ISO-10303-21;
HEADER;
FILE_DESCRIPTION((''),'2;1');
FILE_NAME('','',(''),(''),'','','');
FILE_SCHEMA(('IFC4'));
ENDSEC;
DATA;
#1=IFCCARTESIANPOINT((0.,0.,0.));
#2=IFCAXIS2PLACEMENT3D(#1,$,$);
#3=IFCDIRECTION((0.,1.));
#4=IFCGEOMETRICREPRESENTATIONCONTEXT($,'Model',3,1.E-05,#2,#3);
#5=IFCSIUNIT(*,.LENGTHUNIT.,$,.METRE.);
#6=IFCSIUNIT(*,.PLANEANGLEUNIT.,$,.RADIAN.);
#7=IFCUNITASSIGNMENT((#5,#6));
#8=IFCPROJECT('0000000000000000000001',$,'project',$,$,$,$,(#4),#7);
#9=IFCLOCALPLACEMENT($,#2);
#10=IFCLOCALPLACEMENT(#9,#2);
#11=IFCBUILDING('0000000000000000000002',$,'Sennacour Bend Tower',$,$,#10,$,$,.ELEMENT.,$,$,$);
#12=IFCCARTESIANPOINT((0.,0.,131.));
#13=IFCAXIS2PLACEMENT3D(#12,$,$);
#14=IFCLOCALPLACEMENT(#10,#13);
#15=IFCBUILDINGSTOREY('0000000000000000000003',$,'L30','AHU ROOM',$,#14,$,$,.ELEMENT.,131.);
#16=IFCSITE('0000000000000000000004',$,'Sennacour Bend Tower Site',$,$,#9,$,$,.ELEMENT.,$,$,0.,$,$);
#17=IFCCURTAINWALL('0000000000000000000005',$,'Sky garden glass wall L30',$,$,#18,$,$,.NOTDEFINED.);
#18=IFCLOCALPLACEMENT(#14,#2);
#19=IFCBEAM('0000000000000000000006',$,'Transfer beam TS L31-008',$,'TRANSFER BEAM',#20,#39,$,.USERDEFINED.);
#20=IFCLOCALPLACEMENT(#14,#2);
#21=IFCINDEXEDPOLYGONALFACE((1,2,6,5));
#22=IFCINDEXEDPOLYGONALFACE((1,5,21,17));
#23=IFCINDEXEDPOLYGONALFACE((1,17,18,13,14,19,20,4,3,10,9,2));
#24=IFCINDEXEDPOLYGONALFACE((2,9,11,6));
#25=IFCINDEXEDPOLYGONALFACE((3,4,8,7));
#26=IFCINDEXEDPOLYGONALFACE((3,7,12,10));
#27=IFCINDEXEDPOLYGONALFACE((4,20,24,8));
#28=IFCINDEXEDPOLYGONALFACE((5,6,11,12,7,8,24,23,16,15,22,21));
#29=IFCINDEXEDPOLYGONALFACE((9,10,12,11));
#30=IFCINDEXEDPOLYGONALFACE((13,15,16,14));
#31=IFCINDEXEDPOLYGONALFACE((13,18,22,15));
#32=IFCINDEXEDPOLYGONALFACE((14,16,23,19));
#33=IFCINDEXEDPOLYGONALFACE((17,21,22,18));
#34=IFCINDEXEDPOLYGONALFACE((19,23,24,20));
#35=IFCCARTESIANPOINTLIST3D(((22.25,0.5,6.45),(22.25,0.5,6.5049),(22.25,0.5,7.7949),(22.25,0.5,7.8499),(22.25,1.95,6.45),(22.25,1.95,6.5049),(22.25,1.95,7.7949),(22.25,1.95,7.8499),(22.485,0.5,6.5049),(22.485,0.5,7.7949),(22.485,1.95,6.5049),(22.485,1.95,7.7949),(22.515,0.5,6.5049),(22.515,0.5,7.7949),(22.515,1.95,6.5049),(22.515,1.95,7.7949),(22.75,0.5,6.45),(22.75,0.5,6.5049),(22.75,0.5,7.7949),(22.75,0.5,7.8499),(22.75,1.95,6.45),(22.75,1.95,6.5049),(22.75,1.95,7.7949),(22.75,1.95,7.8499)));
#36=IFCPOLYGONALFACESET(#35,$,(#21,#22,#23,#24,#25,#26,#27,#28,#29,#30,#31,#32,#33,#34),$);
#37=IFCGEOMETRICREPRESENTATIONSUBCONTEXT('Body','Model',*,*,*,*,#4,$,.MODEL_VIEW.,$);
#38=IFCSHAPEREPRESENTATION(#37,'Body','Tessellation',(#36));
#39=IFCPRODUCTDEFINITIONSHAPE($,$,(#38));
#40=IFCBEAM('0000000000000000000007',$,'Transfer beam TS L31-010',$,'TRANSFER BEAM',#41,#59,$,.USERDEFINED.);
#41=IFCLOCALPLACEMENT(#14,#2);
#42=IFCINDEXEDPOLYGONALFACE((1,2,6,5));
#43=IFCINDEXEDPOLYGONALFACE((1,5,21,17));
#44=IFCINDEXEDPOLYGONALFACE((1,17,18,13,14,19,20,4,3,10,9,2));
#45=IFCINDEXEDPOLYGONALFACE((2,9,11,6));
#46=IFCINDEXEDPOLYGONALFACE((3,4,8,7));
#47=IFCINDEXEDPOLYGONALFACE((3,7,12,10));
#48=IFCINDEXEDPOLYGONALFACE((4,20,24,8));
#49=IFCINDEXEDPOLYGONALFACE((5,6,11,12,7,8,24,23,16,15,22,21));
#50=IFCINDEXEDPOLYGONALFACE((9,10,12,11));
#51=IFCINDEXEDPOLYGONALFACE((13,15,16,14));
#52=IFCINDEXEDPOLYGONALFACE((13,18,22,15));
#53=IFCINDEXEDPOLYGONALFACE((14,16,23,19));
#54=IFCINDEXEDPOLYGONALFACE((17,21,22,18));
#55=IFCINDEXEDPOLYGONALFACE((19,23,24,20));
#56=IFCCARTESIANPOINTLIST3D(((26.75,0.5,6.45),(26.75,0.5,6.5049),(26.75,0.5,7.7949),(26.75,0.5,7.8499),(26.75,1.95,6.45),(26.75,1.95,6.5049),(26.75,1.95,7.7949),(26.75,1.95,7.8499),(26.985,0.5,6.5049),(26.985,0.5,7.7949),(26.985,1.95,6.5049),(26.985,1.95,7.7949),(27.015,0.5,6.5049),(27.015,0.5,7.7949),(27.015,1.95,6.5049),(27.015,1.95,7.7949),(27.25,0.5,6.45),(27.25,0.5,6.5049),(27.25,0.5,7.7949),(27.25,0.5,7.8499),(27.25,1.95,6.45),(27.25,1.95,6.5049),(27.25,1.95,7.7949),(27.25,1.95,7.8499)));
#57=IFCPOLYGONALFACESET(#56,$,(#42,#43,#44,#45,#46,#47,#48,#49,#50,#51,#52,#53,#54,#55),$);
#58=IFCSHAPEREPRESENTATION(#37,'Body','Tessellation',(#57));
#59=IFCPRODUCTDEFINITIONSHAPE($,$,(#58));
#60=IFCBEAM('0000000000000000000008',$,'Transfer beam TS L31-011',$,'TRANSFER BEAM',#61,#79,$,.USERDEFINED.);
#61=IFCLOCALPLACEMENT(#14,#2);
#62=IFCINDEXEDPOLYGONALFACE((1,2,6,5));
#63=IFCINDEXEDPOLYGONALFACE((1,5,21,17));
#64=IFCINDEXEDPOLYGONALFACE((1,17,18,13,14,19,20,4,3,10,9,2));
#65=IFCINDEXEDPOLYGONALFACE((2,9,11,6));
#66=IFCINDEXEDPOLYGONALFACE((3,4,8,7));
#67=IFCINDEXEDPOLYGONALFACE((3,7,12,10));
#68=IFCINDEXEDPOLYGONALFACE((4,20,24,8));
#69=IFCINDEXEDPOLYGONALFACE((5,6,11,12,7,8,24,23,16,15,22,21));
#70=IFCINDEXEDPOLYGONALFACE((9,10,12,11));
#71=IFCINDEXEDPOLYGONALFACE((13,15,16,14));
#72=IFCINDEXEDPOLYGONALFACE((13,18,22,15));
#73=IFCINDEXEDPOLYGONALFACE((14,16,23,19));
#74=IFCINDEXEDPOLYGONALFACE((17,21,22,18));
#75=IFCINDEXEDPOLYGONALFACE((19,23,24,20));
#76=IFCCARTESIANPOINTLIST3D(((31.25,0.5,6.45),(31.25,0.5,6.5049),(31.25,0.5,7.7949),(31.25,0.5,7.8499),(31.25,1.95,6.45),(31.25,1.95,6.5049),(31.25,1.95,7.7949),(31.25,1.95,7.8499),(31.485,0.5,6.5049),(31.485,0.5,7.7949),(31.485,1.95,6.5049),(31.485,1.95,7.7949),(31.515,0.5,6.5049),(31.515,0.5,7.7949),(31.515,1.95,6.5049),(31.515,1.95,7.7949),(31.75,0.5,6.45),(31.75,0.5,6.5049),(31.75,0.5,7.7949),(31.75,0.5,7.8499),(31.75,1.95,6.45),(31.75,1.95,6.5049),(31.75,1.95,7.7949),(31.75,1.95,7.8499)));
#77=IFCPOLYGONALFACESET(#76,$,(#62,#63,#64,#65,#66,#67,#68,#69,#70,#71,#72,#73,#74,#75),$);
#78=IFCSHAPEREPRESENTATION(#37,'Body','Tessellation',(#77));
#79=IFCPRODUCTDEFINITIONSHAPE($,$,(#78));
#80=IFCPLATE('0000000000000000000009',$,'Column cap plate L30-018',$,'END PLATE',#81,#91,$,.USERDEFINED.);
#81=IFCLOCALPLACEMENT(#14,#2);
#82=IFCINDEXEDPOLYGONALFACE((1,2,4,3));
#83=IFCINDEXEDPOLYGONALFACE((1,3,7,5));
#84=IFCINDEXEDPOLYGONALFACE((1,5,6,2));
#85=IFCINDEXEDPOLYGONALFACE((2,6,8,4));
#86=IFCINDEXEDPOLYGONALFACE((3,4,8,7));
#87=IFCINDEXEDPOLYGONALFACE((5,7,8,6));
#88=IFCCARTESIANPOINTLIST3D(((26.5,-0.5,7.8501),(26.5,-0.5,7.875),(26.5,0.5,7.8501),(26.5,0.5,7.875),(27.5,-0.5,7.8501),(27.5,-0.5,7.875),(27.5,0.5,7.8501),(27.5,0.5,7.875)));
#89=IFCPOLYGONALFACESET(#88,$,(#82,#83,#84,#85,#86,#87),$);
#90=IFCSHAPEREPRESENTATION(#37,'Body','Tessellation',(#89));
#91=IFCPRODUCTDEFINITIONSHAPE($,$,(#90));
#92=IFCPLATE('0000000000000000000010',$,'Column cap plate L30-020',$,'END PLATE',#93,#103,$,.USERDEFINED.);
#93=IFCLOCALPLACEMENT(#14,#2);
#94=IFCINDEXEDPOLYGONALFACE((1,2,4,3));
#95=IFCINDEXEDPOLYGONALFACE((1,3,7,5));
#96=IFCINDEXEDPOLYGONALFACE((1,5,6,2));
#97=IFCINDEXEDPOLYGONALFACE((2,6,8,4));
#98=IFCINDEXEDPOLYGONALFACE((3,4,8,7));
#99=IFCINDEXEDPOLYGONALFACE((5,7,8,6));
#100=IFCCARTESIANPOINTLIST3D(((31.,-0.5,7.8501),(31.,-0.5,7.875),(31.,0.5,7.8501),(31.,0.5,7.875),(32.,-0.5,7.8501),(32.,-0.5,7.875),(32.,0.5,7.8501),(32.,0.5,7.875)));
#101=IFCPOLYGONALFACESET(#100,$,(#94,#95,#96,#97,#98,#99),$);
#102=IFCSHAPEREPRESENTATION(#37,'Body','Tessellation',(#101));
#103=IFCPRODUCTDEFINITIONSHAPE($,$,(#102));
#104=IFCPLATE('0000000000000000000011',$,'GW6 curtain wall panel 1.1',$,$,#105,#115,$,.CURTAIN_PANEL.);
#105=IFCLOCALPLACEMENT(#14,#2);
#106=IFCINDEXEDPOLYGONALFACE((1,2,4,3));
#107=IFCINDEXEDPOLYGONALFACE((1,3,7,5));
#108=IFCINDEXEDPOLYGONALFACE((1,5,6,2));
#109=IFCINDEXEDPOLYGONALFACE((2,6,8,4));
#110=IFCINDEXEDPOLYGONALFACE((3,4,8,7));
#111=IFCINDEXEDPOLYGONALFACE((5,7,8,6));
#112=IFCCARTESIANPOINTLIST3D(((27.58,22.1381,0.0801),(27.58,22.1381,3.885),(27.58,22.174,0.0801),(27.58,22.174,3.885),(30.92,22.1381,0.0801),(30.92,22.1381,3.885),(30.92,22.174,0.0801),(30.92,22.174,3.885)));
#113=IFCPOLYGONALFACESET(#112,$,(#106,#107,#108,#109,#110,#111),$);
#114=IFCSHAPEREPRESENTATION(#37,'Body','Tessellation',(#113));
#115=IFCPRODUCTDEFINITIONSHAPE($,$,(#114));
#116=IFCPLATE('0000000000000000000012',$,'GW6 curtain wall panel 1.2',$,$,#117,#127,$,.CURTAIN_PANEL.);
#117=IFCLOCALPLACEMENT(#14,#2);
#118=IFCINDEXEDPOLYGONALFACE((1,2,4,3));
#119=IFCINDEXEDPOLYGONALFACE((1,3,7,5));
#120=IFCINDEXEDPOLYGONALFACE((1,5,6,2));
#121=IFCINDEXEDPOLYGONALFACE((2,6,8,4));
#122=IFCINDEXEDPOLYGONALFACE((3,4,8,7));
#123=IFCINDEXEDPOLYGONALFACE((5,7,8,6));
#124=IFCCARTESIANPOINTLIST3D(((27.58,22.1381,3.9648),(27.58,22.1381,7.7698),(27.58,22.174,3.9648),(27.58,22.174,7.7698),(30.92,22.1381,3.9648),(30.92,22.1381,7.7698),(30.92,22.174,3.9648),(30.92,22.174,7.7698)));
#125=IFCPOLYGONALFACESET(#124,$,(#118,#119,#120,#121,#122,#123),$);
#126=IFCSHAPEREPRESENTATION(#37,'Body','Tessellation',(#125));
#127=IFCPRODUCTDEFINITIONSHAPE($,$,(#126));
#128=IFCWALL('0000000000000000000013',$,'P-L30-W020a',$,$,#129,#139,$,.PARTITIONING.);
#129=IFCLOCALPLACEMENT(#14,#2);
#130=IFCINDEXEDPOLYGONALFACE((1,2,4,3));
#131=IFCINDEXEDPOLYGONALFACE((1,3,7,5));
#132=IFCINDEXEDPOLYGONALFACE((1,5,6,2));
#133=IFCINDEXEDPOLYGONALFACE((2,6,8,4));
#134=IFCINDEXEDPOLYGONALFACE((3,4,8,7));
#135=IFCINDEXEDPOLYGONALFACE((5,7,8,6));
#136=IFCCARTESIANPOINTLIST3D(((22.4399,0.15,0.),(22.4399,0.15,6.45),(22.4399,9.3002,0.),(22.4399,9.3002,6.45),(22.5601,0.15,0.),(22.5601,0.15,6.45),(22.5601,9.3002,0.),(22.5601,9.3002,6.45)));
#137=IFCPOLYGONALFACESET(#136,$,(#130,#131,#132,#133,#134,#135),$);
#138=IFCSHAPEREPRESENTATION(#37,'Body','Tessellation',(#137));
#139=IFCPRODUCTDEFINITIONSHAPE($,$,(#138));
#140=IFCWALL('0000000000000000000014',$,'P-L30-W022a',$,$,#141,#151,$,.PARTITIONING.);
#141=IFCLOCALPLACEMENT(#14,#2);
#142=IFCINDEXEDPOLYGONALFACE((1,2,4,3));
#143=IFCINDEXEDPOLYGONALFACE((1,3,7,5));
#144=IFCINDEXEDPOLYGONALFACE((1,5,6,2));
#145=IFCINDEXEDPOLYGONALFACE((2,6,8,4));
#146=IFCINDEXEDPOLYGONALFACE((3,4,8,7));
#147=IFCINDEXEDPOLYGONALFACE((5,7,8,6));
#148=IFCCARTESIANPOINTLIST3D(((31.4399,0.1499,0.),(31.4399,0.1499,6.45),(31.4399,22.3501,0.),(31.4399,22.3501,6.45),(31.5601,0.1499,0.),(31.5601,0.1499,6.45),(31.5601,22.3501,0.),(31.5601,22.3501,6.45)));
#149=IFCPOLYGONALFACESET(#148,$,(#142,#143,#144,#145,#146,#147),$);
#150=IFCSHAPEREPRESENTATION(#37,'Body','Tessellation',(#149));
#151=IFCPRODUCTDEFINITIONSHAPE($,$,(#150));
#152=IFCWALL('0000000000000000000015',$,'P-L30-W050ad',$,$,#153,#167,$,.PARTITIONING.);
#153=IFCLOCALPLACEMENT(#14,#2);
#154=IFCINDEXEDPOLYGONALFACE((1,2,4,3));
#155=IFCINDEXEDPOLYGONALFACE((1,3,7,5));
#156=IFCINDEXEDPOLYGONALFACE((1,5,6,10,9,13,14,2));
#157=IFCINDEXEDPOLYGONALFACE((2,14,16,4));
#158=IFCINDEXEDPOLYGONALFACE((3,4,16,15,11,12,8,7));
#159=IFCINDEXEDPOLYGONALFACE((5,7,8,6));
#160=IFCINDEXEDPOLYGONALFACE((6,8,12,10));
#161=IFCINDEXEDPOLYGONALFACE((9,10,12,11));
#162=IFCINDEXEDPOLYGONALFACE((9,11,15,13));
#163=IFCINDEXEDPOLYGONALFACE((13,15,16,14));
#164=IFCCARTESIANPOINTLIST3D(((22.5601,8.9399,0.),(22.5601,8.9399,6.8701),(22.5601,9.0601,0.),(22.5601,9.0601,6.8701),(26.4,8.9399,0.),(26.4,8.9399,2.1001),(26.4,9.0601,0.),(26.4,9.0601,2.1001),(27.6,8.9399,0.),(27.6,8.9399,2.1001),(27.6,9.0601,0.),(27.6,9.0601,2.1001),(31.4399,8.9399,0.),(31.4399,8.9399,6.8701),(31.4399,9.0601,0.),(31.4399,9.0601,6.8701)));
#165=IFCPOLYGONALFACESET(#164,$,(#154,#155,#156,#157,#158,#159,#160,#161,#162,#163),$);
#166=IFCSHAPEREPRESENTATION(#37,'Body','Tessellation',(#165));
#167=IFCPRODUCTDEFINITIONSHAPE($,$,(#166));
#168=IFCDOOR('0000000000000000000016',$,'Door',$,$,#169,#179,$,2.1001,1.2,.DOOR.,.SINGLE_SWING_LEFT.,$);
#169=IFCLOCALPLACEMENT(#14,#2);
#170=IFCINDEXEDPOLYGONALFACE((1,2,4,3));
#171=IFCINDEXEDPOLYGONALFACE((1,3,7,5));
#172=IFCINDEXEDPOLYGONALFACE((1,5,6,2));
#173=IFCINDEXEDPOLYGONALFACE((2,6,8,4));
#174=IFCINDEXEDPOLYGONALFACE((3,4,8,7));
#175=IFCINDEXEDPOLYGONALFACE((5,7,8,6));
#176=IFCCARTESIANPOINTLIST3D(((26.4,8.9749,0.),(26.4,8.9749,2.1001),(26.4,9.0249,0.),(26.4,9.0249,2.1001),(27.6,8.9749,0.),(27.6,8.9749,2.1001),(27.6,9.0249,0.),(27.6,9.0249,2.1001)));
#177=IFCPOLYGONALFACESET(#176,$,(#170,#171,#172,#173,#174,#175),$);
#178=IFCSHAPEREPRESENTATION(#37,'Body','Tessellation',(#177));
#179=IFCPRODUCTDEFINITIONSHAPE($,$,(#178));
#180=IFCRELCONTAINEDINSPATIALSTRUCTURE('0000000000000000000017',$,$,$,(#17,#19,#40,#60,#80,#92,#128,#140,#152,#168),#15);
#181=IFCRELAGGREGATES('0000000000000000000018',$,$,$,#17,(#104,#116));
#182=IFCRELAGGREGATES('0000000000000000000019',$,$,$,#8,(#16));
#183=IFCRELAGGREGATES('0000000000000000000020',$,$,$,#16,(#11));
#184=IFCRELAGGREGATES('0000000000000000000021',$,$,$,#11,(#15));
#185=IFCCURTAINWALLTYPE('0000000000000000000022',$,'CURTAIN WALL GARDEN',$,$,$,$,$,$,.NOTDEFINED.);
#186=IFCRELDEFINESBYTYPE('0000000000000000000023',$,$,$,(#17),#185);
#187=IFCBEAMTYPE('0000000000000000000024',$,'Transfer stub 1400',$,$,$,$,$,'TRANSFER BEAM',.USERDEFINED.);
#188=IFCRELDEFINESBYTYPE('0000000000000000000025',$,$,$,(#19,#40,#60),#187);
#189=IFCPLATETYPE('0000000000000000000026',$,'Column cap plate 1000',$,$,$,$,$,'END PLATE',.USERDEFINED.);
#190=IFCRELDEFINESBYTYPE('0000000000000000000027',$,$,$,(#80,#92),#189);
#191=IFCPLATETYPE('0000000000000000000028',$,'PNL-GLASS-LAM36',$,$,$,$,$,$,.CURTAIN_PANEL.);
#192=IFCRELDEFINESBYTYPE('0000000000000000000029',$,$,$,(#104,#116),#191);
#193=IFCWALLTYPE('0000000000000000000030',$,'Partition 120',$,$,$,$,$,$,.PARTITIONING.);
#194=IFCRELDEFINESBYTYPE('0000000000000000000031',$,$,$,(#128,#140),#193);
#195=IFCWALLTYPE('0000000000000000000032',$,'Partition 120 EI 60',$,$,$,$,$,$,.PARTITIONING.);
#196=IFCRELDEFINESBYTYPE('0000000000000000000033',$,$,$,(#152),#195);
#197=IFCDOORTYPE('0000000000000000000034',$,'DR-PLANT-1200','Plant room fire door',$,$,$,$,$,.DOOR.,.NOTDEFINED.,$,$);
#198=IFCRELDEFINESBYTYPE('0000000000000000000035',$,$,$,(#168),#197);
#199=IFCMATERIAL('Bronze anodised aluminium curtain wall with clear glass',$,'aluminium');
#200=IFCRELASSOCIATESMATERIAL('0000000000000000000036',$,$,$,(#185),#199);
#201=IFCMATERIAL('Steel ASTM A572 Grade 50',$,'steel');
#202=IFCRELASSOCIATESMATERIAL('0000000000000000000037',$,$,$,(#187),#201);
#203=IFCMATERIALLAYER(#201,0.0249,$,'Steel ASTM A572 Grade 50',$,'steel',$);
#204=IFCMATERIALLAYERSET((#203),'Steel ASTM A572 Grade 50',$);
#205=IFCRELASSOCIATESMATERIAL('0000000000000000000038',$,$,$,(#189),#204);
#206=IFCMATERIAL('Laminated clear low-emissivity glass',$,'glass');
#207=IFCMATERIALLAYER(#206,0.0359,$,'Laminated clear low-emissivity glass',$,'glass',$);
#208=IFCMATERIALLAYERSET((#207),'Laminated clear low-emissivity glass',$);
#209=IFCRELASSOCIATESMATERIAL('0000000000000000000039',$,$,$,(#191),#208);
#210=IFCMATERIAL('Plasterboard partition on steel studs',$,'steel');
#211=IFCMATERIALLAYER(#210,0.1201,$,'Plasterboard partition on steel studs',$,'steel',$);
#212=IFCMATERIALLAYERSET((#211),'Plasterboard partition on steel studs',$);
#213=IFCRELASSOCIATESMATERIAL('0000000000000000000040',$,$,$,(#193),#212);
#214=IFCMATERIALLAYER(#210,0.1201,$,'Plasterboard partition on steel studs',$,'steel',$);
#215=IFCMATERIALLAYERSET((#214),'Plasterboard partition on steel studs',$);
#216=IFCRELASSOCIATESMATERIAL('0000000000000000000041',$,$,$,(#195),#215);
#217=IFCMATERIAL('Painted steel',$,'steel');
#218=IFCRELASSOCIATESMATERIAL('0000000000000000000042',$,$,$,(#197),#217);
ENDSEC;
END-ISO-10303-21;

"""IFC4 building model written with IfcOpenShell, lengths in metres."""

from ifc_helpers import new_model, si_unit, direction, frame, frame_2d, origin, origin_2d, place, context, subcontext, project, spatial, rectangle, i_section, extrude, material, layer, layer_set, material_profile, profile_set, type_object, element, fill, aggregate, save


model = new_model("IFC4")

# Units and contexts
model_context = context("Model", 3, precision=1e-05, world=origin(), true_north=direction((0.0, 1.0)))
body_context = subcontext(model_context, "Body", "Model", "MODEL_VIEW")
ifc_project = project(units=[si_unit("LENGTHUNIT", "METRE"), si_unit("PLANEANGLEUNIT", "RADIAN")], contexts=[model_context])

# Site, building, storey
site_placement = place(None, origin())
site = spatial("IfcSite", under=ifc_project, at=site_placement, Name="Sennacour Bend Tower Site", CompositionType="ELEMENT", RefElevation=0.0)
building_placement = place(site_placement, origin())
building = spatial("IfcBuilding", under=site, at=building_placement, Name="Sennacour Bend Tower", CompositionType="ELEMENT")
storey_placement = place(building_placement, frame((0.0, 0.0, 131.0)))
storey = spatial("IfcBuildingStorey", under=building, at=storey_placement, Name="L30", Description="AHU ROOM", CompositionType="ELEMENT", Elevation=131.0)

# Shared definitions
ifc_material_1 = material(Name="Steel ASTM A572 Grade 50", Category="steel")

# Curtain wall
ifc_material_2 = material(Name="Bronze anodised aluminium curtain wall with clear glass", Category="aluminium")
curtain_wall_type = type_object("IfcCurtainWallType", Name="CURTAIN WALL GARDEN", PredefinedType="NOTDEFINED", material=ifc_material_2)
curtain_wall_placement = place(storey_placement, origin())
curtain_wall = element("IfcCurtainWall", 1, at=curtain_wall_placement, inside=storey, type_object=curtain_wall_type, Name="Sky garden glass wall L30", PredefinedType="NOTDEFINED")

# Beams
ifc_material_profile_1 = material_profile(ifc_material_1, i_section(OverallWidth=0.5, OverallDepth=1.3999, WebThickness=0.03, FlangeThickness=0.0549, at=origin_2d()), Name="Steel ASTM A572 Grade 50", Category="steel")
ifc_profile_set_1 = profile_set([ifc_material_profile_1], Name="Steel ASTM A572 Grade 50")
beam_type_1 = type_object("IfcBeamType", Name="Transfer stub 1400", ElementType="TRANSFER BEAM", PredefinedType="USERDEFINED", material=ifc_profile_set_1)
for number, where, z_axis, x_axis, name in (
    (2, (22.5, 0.5, 7.1499), (0.0, 1.0, 0.0), (-1.0, 0.0, 0.0), "Transfer beam TS L31-008"),
    (3, (27.0, 0.5, 7.1499), (0.0, 1.0, 0.0), (-1.0, 0.0, 0.0), "Transfer beam TS L31-010"),
    (4, (31.5, 0.5, 7.1499), (0.0, 1.0, 0.0), (-1.0, 0.0, 0.0), "Transfer beam TS L31-011"),
):
    element("IfcBeam", number, at=place(storey_placement, frame(where, z_axis=z_axis, x_axis=x_axis)), inside=storey, type_object=beam_type_1, Name=name, ObjectType="TRANSFER BEAM", PredefinedType="USERDEFINED", context=body_context, shape_type="SweptSolid", body=[
        extrude(i_section(OverallWidth=0.5, OverallDepth=1.3999, WebThickness=0.03, FlangeThickness=0.0549, at=origin_2d()), origin(), (0.0, 0.0, 1.0), 1.45),
    ])

# Plates
ifc_layer_1 = layer(ifc_material_1, 0.0249, Name="Steel ASTM A572 Grade 50", Category="steel")
ifc_layer_set_1 = layer_set([ifc_layer_1], Name="Steel ASTM A572 Grade 50")
plate_type_1 = type_object("IfcPlateType", Name="Column cap plate 1000", ElementType="END PLATE", PredefinedType="USERDEFINED", material=ifc_layer_set_1)
for number, where, z_axis, x_axis, name in (
    (5, (27.0, 0.0, 7.8501), (0.0, 0.0, 1.0), (1.0, 0.0, 0.0), "Column cap plate L30-018"),
    (6, (31.5, 0.0, 7.8501), (0.0, 0.0, 1.0), (1.0, 0.0, 0.0), "Column cap plate L30-020"),
):
    element("IfcPlate", number, at=place(storey_placement, frame(where, z_axis=z_axis, x_axis=x_axis)), inside=storey, type_object=plate_type_1, Name=name, ObjectType="END PLATE", PredefinedType="USERDEFINED", context=body_context, shape_type="SweptSolid", body=[
        extrude(rectangle(XDim=1.0, YDim=1.0, at=origin_2d()), origin(), (0.0, 0.0, 1.0), 0.0249),
    ])

# Plates
ifc_material_3 = material(Name="Laminated clear low-emissivity glass", Category="glass")
ifc_layer_2 = layer(ifc_material_3, 0.0359, Name="Laminated clear low-emissivity glass", Category="glass")
ifc_layer_set_2 = layer_set([ifc_layer_2], Name="Laminated clear low-emissivity glass")
plate_type_2 = type_object("IfcPlateType", Name="PNL-GLASS-LAM36", PredefinedType="CURTAIN_PANEL", material=ifc_layer_set_2)
plate_1_placement = place(storey_placement, frame((29.25, 22.156, 0.0801), z_axis=(0.0, 0.0, 1.0), x_axis=(1.0, 0.0, 0.0)))
plate_1 = element("IfcPlate", 7, at=plate_1_placement, type_object=plate_type_2, Name="GW6 curtain wall panel 1.1", PredefinedType="CURTAIN_PANEL", context=body_context, shape_type="SweptSolid", body=[
    extrude(rectangle(XDim=3.3401, YDim=0.0359, at=origin_2d()), origin(), (0.0, 0.0, 1.0), 3.8049),
])
plate_2_placement = place(storey_placement, frame((29.25, 22.156, 3.9648), z_axis=(0.0, 0.0, 1.0), x_axis=(1.0, 0.0, 0.0)))
plate_2 = element("IfcPlate", 8, at=plate_2_placement, type_object=plate_type_2, Name="GW6 curtain wall panel 1.2", PredefinedType="CURTAIN_PANEL", context=body_context, shape_type="SweptSolid", body=[
    extrude(rectangle(XDim=3.3401, YDim=0.0359, at=origin_2d()), origin(), (0.0, 0.0, 1.0), 3.8049),
])
aggregate(curtain_wall, [plate_1, plate_2])

# Walls
ifc_material_4 = material(Name="Plasterboard partition on steel studs", Category="steel")
ifc_layer_3 = layer(ifc_material_4, 0.1201, Name="Plasterboard partition on steel studs", Category="steel")
ifc_layer_set_3 = layer_set([ifc_layer_3], Name="Plasterboard partition on steel studs")
wall_type_1 = type_object("IfcWallType", Name="Partition 120", PredefinedType="PARTITIONING", material=ifc_layer_set_3)
wall_1_placement = place(storey_placement, frame((22.5, 0.1499, 0.0), z_axis=(0.0, 0.0, 1.0), x_axis=(0.0, 1.0, 0.0)))
element("IfcWall", 9, at=wall_1_placement, inside=storey, type_object=wall_type_1, Name="P-L30-W020a", PredefinedType="PARTITIONING", context=body_context, shape_type="SweptSolid", body=[
    extrude(rectangle(XDim=9.1501, YDim=0.1201, at=frame_2d((4.5752, 0.0))), origin(), (0.0, 0.0, 1.0), 6.45),
])
wall_2_placement = place(storey_placement, frame((31.5, 0.1499, 0.0), z_axis=(0.0, 0.0, 1.0), x_axis=(0.0, 1.0, 0.0)))
element("IfcWall", 10, at=wall_2_placement, inside=storey, type_object=wall_type_1, Name="P-L30-W022a", PredefinedType="PARTITIONING", context=body_context, shape_type="SweptSolid", body=[
    extrude(rectangle(XDim=22.2002, YDim=0.1201, at=frame_2d((11.1001, 0.0))), origin(), (0.0, 0.0, 1.0), 6.45),
])

# Wall, opening, door
ifc_layer_4 = layer(ifc_material_4, 0.1201, Name="Plasterboard partition on steel studs", Category="steel")
ifc_layer_set_4 = layer_set([ifc_layer_4], Name="Plasterboard partition on steel studs")
wall_type_2 = type_object("IfcWallType", Name="Partition 120 EI 60", PredefinedType="PARTITIONING", material=ifc_layer_set_4)
wall_3_placement = place(storey_placement, frame((22.5601, 9.0, 0.0), z_axis=(0.0, 0.0, 1.0), x_axis=(1.0, 0.0, 0.0)))
wall_3 = element("IfcWall", 11, at=wall_3_placement, inside=storey, type_object=wall_type_2, Name="P-L30-W050ad", PredefinedType="PARTITIONING", context=body_context, shape_type="SweptSolid", body=[
    extrude(rectangle(XDim=8.8799, YDim=0.1201, at=frame_2d((4.4399, 0.0))), origin(), (0.0, 0.0, 1.0), 6.8701),
])
opening_placement = place(wall_3_placement, frame((3.8398, 0.0, 0.0)))
opening = element("IfcOpeningElement", 12, at=opening_placement, cuts=wall_3, PredefinedType="OPENING", context=body_context, shape_type="SweptSolid", body=[
    extrude(rectangle(XDim=1.2, YDim=2.1001, at=frame_2d((0.6001, 1.05))), frame((0.0, 0.0701, 0.0), z_axis=(0.0, -1.0, 0.0), x_axis=(1.0, 0.0, 0.0)), (0.0, 0.0, 1.0), 0.1401),
])
ifc_material_5 = material(Name="Painted steel", Category="steel")
door_type = type_object("IfcDoorType", Name="DR-PLANT-1200", Description="Plant room fire door", OperationType="NOTDEFINED", PredefinedType="DOOR", material=ifc_material_5)
door_placement = place(opening_placement, origin())
door = element("IfcDoor", 13, at=door_placement, inside=storey, type_object=door_type, Name="Door", OperationType="SINGLE_SWING_LEFT", OverallHeight=2.1001, OverallWidth=1.2, PredefinedType="DOOR", context=body_context, shape_type="SweptSolid", body=[
    extrude(rectangle(XDim=1.2, YDim=2.1001, at=frame_2d((0.6001, 1.05))), frame((0.0, 0.0249, 0.0), z_axis=(0.0, -1.0, 0.0), x_axis=(1.0, 0.0, 0.0)), (0.0, 0.0, 1.0), 0.05),
])
fill(opening, door)

save(model, "model.ifc")
